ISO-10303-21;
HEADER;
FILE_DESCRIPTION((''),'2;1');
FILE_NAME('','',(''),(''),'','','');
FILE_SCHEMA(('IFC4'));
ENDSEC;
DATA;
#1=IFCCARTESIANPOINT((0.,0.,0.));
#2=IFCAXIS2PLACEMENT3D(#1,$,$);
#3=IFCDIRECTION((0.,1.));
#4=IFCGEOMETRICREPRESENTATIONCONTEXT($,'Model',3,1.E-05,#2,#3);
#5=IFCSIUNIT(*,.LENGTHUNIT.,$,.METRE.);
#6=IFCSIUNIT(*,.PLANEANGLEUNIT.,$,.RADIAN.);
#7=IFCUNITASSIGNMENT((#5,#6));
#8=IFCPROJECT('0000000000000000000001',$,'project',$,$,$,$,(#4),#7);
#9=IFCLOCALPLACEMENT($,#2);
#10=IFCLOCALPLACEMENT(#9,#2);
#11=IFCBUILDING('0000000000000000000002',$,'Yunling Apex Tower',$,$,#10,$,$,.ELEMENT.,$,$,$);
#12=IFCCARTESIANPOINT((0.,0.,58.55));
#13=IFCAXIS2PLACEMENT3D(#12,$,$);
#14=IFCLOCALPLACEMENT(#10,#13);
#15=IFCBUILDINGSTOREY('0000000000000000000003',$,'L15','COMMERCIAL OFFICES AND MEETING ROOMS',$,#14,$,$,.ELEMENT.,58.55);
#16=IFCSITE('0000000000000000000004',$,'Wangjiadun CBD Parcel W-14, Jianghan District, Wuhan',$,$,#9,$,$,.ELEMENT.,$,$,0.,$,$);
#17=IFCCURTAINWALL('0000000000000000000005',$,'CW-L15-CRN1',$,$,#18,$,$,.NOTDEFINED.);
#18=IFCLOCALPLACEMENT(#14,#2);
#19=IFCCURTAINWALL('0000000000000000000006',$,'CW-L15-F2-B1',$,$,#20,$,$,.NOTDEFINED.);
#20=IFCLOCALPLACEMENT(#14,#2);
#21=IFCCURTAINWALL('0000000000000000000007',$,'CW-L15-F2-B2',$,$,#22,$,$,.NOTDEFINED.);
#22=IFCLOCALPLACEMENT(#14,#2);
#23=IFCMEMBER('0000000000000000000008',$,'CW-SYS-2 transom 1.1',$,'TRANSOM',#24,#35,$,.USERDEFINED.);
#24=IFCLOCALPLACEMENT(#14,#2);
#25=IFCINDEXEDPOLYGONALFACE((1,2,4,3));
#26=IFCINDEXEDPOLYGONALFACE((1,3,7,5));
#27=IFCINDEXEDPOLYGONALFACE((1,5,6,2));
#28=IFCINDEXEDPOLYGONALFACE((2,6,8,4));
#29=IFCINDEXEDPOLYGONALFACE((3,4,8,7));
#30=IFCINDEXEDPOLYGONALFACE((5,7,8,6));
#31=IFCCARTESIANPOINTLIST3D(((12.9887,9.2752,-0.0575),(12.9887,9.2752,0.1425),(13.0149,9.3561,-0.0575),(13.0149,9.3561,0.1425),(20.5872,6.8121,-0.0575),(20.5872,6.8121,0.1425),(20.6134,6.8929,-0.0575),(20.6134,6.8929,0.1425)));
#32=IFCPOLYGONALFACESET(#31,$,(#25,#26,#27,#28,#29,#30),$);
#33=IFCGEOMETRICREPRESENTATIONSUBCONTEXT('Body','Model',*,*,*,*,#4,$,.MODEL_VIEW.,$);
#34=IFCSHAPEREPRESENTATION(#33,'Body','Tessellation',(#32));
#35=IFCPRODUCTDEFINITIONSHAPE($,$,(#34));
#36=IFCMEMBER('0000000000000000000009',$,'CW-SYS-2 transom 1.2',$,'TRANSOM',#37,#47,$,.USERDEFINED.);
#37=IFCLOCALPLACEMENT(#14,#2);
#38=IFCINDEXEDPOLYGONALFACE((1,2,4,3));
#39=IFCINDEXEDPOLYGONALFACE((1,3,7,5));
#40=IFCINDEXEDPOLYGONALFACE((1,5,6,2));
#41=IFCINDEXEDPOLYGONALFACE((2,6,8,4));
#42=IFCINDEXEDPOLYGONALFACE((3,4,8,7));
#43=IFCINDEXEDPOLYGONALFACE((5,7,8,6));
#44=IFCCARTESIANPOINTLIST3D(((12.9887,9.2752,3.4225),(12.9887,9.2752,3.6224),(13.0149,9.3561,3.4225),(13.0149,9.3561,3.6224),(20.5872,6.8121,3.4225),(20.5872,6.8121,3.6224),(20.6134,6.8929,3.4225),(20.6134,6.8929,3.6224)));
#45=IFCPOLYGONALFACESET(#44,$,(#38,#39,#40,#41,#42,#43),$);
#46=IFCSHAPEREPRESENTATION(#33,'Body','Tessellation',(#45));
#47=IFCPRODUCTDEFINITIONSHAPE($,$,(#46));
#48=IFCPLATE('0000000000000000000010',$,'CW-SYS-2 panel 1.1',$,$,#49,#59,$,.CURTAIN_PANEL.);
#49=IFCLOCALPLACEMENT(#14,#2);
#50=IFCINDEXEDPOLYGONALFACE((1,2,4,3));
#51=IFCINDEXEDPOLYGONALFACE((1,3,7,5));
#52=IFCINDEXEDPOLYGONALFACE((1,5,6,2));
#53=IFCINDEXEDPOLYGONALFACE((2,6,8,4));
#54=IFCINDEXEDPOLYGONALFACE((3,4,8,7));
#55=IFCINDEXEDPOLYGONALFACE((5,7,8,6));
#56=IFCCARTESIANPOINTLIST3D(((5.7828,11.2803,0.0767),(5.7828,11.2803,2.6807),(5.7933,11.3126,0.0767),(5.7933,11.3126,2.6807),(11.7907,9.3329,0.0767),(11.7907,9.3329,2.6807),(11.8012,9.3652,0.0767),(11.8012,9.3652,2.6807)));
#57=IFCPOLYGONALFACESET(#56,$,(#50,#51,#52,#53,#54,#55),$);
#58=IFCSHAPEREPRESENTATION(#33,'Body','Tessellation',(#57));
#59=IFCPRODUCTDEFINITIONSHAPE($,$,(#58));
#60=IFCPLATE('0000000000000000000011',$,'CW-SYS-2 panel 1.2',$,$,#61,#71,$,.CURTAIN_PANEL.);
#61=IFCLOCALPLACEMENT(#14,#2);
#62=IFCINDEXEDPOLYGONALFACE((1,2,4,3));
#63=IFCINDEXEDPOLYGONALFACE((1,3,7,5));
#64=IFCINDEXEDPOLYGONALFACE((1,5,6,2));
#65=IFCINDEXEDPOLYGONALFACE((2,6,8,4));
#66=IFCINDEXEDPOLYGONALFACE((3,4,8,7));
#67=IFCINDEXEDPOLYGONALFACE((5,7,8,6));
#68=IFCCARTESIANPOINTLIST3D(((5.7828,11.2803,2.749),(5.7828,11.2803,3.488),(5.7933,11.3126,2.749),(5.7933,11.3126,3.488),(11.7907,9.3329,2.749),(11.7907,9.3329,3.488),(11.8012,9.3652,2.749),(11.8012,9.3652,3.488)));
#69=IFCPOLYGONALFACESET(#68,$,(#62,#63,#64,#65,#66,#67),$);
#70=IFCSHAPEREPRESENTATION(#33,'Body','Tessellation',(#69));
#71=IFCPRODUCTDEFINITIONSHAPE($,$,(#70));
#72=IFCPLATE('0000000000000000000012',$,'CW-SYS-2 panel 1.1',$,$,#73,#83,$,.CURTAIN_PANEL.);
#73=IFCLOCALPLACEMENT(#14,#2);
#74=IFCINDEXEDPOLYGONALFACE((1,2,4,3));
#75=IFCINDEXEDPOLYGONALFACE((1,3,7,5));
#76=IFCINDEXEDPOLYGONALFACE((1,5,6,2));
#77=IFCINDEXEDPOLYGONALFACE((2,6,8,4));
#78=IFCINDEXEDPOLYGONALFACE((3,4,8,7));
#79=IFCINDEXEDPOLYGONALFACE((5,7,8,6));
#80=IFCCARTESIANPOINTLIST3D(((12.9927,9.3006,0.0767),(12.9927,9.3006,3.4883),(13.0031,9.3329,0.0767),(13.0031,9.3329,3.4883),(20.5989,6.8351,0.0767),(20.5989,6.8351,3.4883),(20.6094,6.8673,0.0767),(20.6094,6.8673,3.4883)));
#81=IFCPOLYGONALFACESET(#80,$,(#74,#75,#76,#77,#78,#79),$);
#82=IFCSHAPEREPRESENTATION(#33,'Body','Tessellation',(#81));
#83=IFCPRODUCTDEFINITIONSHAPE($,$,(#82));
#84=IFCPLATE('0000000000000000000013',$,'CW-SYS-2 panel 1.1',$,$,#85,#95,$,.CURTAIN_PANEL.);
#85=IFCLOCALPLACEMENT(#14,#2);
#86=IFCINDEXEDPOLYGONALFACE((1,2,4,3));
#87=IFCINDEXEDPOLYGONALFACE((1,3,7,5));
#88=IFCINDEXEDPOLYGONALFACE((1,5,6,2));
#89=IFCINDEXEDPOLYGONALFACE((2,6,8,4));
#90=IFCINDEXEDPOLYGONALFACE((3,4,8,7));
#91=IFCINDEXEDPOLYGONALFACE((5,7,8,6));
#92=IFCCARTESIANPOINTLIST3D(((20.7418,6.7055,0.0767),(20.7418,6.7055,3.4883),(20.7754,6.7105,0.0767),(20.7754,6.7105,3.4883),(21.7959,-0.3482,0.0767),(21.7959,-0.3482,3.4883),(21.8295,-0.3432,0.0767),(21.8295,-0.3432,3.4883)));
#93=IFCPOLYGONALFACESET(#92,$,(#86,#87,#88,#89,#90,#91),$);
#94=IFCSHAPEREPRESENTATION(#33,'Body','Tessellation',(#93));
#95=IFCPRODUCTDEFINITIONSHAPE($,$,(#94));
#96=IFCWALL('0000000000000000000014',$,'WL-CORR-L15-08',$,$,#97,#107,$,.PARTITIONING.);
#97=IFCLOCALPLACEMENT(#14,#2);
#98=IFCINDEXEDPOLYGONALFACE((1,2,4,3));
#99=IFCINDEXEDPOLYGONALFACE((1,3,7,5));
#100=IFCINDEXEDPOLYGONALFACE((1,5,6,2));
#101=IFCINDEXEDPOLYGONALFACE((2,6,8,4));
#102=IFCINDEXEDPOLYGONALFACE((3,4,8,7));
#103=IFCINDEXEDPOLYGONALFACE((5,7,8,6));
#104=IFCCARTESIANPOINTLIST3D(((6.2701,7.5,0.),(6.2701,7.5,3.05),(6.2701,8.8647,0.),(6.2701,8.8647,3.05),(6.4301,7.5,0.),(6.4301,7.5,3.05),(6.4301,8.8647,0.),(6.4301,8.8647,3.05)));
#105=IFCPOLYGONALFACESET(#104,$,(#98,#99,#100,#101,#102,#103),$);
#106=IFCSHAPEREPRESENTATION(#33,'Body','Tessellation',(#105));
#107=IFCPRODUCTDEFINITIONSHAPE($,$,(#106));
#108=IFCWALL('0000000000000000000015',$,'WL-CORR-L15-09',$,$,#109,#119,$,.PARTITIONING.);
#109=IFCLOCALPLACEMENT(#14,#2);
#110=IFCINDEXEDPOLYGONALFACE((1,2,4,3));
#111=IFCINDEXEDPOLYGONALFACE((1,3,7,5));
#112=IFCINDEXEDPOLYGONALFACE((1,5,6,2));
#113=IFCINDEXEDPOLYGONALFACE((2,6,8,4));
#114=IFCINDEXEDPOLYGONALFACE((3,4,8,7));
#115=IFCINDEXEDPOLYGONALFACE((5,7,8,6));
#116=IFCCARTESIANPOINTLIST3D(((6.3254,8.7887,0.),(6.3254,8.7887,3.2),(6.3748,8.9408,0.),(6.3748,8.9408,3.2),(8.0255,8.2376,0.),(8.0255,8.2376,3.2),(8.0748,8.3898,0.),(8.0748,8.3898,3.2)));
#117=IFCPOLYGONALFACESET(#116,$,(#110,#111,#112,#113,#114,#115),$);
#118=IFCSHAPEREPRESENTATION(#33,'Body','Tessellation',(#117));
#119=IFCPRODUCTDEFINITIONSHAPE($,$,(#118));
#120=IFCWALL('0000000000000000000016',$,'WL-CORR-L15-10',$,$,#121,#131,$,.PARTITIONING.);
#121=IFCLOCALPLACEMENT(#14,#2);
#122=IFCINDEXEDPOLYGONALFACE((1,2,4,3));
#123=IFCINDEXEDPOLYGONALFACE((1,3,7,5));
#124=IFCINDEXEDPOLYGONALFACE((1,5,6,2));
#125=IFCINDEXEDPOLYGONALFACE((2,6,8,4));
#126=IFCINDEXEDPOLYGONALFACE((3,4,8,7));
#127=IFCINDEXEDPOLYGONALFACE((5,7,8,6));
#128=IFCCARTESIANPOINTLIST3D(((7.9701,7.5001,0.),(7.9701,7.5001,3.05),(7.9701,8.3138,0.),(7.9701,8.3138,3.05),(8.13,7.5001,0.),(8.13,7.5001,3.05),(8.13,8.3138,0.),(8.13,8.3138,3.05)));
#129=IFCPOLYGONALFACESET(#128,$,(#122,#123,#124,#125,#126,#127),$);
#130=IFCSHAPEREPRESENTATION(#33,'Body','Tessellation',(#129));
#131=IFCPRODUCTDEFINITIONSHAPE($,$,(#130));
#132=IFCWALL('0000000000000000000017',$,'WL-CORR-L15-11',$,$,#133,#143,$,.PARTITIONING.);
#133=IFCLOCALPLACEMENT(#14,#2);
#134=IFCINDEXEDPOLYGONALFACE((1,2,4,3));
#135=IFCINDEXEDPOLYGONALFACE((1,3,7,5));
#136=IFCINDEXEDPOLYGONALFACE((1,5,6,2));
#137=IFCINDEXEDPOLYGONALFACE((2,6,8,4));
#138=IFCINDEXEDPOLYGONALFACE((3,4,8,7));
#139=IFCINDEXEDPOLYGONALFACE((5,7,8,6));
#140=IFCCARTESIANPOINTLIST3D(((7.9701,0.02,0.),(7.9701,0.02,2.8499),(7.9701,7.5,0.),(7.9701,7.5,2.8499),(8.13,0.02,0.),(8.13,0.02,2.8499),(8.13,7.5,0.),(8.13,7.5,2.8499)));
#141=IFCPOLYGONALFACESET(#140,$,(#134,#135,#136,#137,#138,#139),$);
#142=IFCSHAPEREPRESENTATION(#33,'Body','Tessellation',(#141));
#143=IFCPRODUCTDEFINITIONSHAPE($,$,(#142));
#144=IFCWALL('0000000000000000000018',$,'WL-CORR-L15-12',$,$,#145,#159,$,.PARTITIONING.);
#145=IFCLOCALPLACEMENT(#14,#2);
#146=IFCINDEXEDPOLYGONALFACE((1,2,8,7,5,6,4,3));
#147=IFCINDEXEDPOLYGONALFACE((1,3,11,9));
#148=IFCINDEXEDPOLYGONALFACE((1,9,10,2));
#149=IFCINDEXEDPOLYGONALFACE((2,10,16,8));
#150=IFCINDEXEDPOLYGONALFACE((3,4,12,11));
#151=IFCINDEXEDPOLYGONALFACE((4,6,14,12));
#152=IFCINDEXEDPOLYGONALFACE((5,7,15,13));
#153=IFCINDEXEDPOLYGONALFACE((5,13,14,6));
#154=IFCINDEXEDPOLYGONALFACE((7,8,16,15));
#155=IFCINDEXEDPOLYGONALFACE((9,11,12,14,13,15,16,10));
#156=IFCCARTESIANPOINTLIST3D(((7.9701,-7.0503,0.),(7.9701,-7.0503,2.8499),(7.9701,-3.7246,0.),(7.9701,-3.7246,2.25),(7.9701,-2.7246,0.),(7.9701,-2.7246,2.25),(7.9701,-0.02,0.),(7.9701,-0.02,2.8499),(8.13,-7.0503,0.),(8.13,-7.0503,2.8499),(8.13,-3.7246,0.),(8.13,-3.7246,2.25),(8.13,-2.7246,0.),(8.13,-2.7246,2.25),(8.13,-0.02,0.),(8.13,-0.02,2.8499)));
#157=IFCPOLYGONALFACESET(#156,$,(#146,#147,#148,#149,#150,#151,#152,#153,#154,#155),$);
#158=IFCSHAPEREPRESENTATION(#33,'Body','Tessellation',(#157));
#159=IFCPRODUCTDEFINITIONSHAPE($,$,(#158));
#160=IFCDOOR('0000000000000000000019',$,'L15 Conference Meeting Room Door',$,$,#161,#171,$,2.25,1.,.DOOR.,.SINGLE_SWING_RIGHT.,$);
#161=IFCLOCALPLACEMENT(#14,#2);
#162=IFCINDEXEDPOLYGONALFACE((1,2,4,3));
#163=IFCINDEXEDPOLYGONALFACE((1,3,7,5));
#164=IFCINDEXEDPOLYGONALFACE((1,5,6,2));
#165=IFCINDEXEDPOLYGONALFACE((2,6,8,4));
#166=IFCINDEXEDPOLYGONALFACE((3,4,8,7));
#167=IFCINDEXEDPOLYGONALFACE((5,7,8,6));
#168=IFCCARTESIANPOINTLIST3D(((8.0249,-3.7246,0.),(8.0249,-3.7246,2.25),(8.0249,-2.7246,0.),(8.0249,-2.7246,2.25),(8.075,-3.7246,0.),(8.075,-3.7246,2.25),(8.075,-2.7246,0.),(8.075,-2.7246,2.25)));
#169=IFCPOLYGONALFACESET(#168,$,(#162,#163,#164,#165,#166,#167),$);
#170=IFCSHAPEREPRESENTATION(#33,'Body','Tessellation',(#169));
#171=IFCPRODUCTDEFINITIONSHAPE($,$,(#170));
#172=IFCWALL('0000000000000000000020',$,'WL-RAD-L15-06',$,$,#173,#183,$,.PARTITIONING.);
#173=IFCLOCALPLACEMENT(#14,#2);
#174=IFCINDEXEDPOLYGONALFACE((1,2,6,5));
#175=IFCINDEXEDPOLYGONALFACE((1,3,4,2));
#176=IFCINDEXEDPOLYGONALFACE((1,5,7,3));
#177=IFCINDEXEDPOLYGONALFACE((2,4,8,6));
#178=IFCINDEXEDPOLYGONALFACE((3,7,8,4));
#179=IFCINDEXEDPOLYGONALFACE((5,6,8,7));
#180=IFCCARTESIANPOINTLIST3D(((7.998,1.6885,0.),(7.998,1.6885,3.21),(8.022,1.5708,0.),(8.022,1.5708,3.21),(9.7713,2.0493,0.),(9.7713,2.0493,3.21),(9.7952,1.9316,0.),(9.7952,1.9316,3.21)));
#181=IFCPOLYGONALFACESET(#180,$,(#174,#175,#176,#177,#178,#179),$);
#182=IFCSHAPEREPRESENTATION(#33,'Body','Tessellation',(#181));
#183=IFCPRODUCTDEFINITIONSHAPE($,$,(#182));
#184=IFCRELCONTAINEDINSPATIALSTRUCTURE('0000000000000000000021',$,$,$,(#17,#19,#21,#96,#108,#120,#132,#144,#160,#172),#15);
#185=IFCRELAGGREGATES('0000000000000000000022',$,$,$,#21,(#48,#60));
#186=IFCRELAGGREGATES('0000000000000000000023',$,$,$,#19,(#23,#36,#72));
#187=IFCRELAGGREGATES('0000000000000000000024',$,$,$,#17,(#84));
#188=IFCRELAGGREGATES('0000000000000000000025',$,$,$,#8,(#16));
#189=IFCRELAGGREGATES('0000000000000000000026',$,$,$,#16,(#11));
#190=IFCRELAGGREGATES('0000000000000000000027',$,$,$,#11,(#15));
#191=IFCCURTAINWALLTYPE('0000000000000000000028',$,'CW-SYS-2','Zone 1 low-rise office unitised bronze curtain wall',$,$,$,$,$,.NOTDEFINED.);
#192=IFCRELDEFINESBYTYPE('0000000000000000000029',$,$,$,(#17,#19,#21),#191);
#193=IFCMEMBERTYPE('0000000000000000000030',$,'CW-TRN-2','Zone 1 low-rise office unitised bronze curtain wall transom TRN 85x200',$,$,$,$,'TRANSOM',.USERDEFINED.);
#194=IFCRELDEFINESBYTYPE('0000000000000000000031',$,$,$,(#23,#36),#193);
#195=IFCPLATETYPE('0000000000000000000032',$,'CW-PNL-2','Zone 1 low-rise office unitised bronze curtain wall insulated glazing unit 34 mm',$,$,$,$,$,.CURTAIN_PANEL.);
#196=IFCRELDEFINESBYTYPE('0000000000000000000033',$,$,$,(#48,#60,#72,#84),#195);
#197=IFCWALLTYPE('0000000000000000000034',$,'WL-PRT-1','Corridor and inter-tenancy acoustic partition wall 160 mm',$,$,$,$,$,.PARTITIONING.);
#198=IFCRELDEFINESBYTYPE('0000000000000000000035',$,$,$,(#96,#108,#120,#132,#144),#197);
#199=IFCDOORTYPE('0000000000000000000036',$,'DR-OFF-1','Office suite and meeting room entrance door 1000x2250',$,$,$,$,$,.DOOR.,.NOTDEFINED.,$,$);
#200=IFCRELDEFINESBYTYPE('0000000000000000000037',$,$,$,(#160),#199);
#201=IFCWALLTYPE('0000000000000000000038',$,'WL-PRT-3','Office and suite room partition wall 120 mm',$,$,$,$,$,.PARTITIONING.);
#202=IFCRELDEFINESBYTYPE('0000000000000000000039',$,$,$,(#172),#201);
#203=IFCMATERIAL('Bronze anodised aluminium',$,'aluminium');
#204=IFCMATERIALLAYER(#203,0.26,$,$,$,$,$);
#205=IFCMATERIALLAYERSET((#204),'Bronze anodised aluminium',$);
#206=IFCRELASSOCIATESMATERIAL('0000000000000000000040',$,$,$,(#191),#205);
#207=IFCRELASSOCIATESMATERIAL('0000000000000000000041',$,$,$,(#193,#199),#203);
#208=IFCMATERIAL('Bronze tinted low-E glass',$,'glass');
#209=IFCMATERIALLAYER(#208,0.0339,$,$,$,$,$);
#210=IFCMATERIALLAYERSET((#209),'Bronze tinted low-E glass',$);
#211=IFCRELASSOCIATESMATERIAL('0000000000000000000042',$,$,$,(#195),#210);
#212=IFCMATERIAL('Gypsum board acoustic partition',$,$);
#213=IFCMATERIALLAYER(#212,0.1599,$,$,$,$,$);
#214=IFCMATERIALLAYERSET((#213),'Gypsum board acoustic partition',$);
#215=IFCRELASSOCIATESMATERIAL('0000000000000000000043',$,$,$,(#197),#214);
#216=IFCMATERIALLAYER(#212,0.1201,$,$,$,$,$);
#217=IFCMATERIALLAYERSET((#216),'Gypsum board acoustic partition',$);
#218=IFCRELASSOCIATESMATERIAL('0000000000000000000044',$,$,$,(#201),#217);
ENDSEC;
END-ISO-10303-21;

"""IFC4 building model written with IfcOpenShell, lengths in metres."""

from ifc_helpers import new_model, si_unit, direction, frame, frame_2d, origin, origin_2d, place, context, subcontext, project, spatial, rectangle, extrude, source, transform, mapped, material, layer, layer_set, material_profile, profile_set, type_object, element, fill, aggregate, save


model = new_model("IFC4")

# Units and contexts
model_context = context("Model", 3, precision=1e-05, world=origin(), true_north=direction((0.0, 1.0)))
body_context = subcontext(model_context, "Body", "Model", "MODEL_VIEW")
ifc_project = project(units=[si_unit("LENGTHUNIT", "METRE"), si_unit("PLANEANGLEUNIT", "RADIAN")], contexts=[model_context])

# Site, building, storey
site_placement = place(None, origin())
site = spatial("IfcSite", under=ifc_project, at=site_placement, Name="Wangjiadun CBD Parcel W-14, Jianghan District, Wuhan", CompositionType="ELEMENT", RefElevation=0.0)
building_placement = place(site_placement, origin())
building = spatial("IfcBuilding", under=site, at=building_placement, Name="Yunling Apex Tower", CompositionType="ELEMENT")
storey_placement = place(building_placement, frame((0.0, 0.0, 58.55)))
storey = spatial("IfcBuildingStorey", under=building, at=storey_placement, Name="L15", Description="COMMERCIAL OFFICES AND MEETING ROOMS", CompositionType="ELEMENT", Elevation=58.55)

# Curtain wall
ifc_material_1 = material(Name="Bronze anodised aluminium", Category="aluminium")
ifc_layer_1 = layer(ifc_material_1, 0.26)
ifc_layer_set_1 = layer_set([ifc_layer_1], Name="Bronze anodised aluminium")
curtain_wall_type = type_object("IfcCurtainWallType", Name="CW-SYS-2", Description="Zone 1 low-rise office unitised bronze curtain wall", PredefinedType="NOTDEFINED", material=ifc_layer_set_1)
curtain_wall_1_placement = place(storey_placement, origin())
curtain_wall_1 = element("IfcCurtainWall", 1, at=curtain_wall_1_placement, inside=storey, type_object=curtain_wall_type, Name="CW-L15-CRN1", PredefinedType="NOTDEFINED")

# Curtain walls
curtain_wall_2_placement = place(storey_placement, origin())
curtain_wall_2 = element("IfcCurtainWall", 2, at=curtain_wall_2_placement, inside=storey, type_object=curtain_wall_type, Name="CW-L15-F2-B1", PredefinedType="NOTDEFINED")
curtain_wall_3_placement = place(storey_placement, origin())
curtain_wall_3 = element("IfcCurtainWall", 3, at=curtain_wall_3_placement, inside=storey, type_object=curtain_wall_type, Name="CW-L15-F2-B2", PredefinedType="NOTDEFINED")
ifc_material_profile_1 = material_profile(ifc_material_1, rectangle(XDim=0.085, YDim=0.2, at=origin_2d()))
ifc_profile_set_1 = profile_set([ifc_material_profile_1], Name="Bronze anodised aluminium")
member_type_1 = type_object("IfcMemberType", Name="CW-TRN-2", Description="Zone 1 low-rise office unitised bronze curtain wall transom TRN 85x200", ElementType="TRANSOM", PredefinedType="USERDEFINED", material=ifc_profile_set_1)

# Members
shared_shape_1 = source(origin(), body_context, "Body", "SweptSolid", [
    extrude(rectangle(XDim=0.085, YDim=0.2, at=origin_2d()), origin(), (0.0, 0.0, 1.0), 7.9878),
])
member_1_placement = place(storey_placement, frame((20.6003, 6.8525, 0.0425), z_axis=(-0.95127, 0.308359, 0.0), x_axis=(-0.308359, -0.95127, 0.0)))
member_1 = element("IfcMember", 4, at=member_1_placement, type_object=member_type_1, Name="CW-SYS-2 transom 1.1", ObjectType="TRANSOM", PredefinedType="USERDEFINED", context=body_context, shape_type="MappedRepresentation", body=[
    mapped(shared_shape_1, transform((0.0, 0.0, 0.0), scale=1.0)),
])
member_2_placement = place(storey_placement, frame((20.6003, 6.8525, 3.5225), z_axis=(-0.95127, 0.308359, 0.0), x_axis=(-0.308359, -0.95127, 0.0)))
member_2 = element("IfcMember", 5, at=member_2_placement, type_object=member_type_1, Name="CW-SYS-2 transom 1.2", ObjectType="TRANSOM", PredefinedType="USERDEFINED", context=body_context, shape_type="MappedRepresentation", body=[
    mapped(shared_shape_1, transform((0.0, 0.0, 0.0), scale=1.0)),
])

# Plates
ifc_material_2 = material(Name="Bronze tinted low-E glass", Category="glass")
ifc_layer_2 = layer(ifc_material_2, 0.0339)
ifc_layer_set_2 = layer_set([ifc_layer_2], Name="Bronze tinted low-E glass")
plate_type = type_object("IfcPlateType", Name="CW-PNL-2", Description="Zone 1 low-rise office unitised bronze curtain wall insulated glazing unit 34 mm", PredefinedType="CURTAIN_PANEL", material=ifc_layer_set_2)
shared_shape_2 = source(origin(), body_context, "Body", "SweptSolid", [
    extrude(rectangle(XDim=6.3157, YDim=0.0339, at=origin_2d()), origin(), (0.0, 0.0, 1.0), 2.604),
])
plate_1_placement = place(storey_placement, frame((8.792, 10.3228, 0.0767), z_axis=(0.0, 0.0, 1.0), x_axis=(-0.951272, 0.308352, 0.0)))
plate_1 = element("IfcPlate", 6, at=plate_1_placement, type_object=plate_type, Name="CW-SYS-2 panel 1.1", PredefinedType="CURTAIN_PANEL", context=body_context, shape_type="MappedRepresentation", body=[
    mapped(shared_shape_2, transform((0.0, 0.0, 0.0), scale=1.0)),
])
shared_shape_3 = source(origin(), body_context, "Body", "SweptSolid", [
    extrude(rectangle(XDim=6.3157, YDim=0.0339, at=origin_2d()), origin(), (0.0, 0.0, 1.0), 0.739),
])
plate_2_placement = place(storey_placement, frame((8.792, 10.3228, 2.749), z_axis=(0.0, 0.0, 1.0), x_axis=(-0.951272, 0.308352, 0.0)))
plate_2 = element("IfcPlate", 7, at=plate_2_placement, type_object=plate_type, Name="CW-SYS-2 panel 1.2", PredefinedType="CURTAIN_PANEL", context=body_context, shape_type="MappedRepresentation", body=[
    mapped(shared_shape_3, transform((0.0, 0.0, 0.0), scale=1.0)),
])
aggregate(curtain_wall_3, [plate_1, plate_2])
shared_shape_4 = source(origin(), body_context, "Body", "SweptSolid", [
    extrude(rectangle(XDim=7.9958, YDim=0.0339, at=origin_2d()), origin(), (0.0, 0.0, 1.0), 3.4116),
])
plate_3_placement = place(storey_placement, frame((16.801, 8.084, 0.0767), z_axis=(0.0, 0.0, 1.0), x_axis=(-0.951271, 0.308357, 0.0)))
plate_3 = element("IfcPlate", 8, at=plate_3_placement, type_object=plate_type, Name="CW-SYS-2 panel 1.1", PredefinedType="CURTAIN_PANEL", context=body_context, shape_type="MappedRepresentation", body=[
    mapped(shared_shape_4, transform((0.0, 0.0, 0.0), scale=1.0)),
])
aggregate(curtain_wall_2, [member_1, member_2, plate_3])
shared_shape_5 = source(origin(), body_context, "Body", "SweptSolid", [
    extrude(rectangle(XDim=7.1321, YDim=0.0339, at=origin_2d()), origin(), (0.0, 0.0, 1.0), 3.4116),
])
plate_4_placement = place(storey_placement, frame((21.2856, 3.1812, 0.0767), z_axis=(0.0, 0.0, 1.0), x_axis=(-0.147798, 0.989018, 0.0)))
plate_4 = element("IfcPlate", 9, at=plate_4_placement, type_object=plate_type, Name="CW-SYS-2 panel 1.1", PredefinedType="CURTAIN_PANEL", context=body_context, shape_type="MappedRepresentation", body=[
    mapped(shared_shape_5, transform((0.0, 0.0, 0.0), scale=1.0)),
])
aggregate(curtain_wall_1, [plate_4])

# Walls
ifc_material_3 = material(Name="Gypsum board acoustic partition")
ifc_layer_3 = layer(ifc_material_3, 0.1599)
ifc_layer_set_3 = layer_set([ifc_layer_3], Name="Gypsum board acoustic partition")
wall_type_1 = type_object("IfcWallType", Name="WL-PRT-1", Description="Corridor and inter-tenancy acoustic partition wall 160 mm", PredefinedType="PARTITIONING", material=ifc_layer_set_3)
wall_1_placement = place(storey_placement, frame((6.3501, 7.5, 0.0), z_axis=(0.0, 0.0, 1.0), x_axis=(0.0, 1.0, 0.0)))
element("IfcWall", 10, at=wall_1_placement, inside=storey, type_object=wall_type_1, Name="WL-CORR-L15-08", PredefinedType="PARTITIONING", context=body_context, shape_type="SweptSolid", body=[
    extrude(rectangle(XDim=1.3647, YDim=0.1599, at=frame_2d((0.6824, 0.0))), origin(), (0.0, 0.0, 1.0), 3.05),
])
wall_2_placement = place(storey_placement, frame((6.3501, 8.8647, 0.0), z_axis=(0.0, 0.0, 1.0), x_axis=(0.951274, -0.308348, 0.0)))
element("IfcWall", 11, at=wall_2_placement, inside=storey, type_object=wall_type_1, Name="WL-CORR-L15-09", PredefinedType="PARTITIONING", context=body_context, shape_type="SweptSolid", body=[
    extrude(rectangle(XDim=1.7871, YDim=0.1599, at=frame_2d((0.8936, 0.0))), origin(), (0.0, 0.0, 1.0), 3.2),
])
wall_3_placement = place(storey_placement, frame((8.05, 8.3137, 0.0), z_axis=(0.0, 0.0, 1.0), x_axis=(0.0, -1.0, 0.0)))
element("IfcWall", 12, at=wall_3_placement, inside=storey, type_object=wall_type_1, Name="WL-CORR-L15-10", PredefinedType="PARTITIONING", context=body_context, shape_type="SweptSolid", body=[
    extrude(rectangle(XDim=0.8137, YDim=0.1599, at=frame_2d((0.4067, 0.0))), origin(), (0.0, 0.0, 1.0), 3.05),
])
wall_4_placement = place(storey_placement, frame((8.05, 7.5, 0.0), z_axis=(0.0, 0.0, 1.0), x_axis=(0.0, -1.0, 0.0)))
element("IfcWall", 13, at=wall_4_placement, inside=storey, type_object=wall_type_1, Name="WL-CORR-L15-11", PredefinedType="PARTITIONING", context=body_context, shape_type="SweptSolid", body=[
    extrude(rectangle(XDim=7.48, YDim=0.1599, at=frame_2d((3.74, 0.0))), origin(), (0.0, 0.0, 1.0), 2.8499),
])

# Wall, opening, door
wall_5_placement = place(storey_placement, frame((8.05, -0.02, 0.0), z_axis=(0.0, 0.0, 1.0), x_axis=(0.0, -1.0, 0.0)))
wall_5 = element("IfcWall", 14, at=wall_5_placement, inside=storey, type_object=wall_type_1, Name="WL-CORR-L15-12", PredefinedType="PARTITIONING", context=body_context, shape_type="SweptSolid", body=[
    extrude(rectangle(XDim=7.0303, YDim=0.1599, at=frame_2d((3.5151, 0.0))), origin(), (0.0, 0.0, 1.0), 2.8499),
])
opening_placement = place(wall_5_placement, frame((2.7046, 0.0, 0.0)))
opening = element("IfcOpeningElement", 15, at=opening_placement, cuts=wall_5, PredefinedType="OPENING", context=body_context, shape_type="SweptSolid", body=[
    extrude(rectangle(XDim=1.0, YDim=2.25, at=frame_2d((0.5, 1.125))), frame((0.0, 0.0898, 0.0), z_axis=(0.0, -1.0, 0.0), x_axis=(1.0, 0.0, 0.0)), (0.0, 0.0, 1.0), 0.1799),
])
door_type = type_object("IfcDoorType", Name="DR-OFF-1", Description="Office suite and meeting room entrance door 1000x2250", OperationType="NOTDEFINED", PredefinedType="DOOR", material=ifc_material_1)
door_placement = place(opening_placement, origin())
door = element("IfcDoor", 16, at=door_placement, inside=storey, type_object=door_type, Name="L15 Conference Meeting Room Door", OperationType="SINGLE_SWING_RIGHT", OverallHeight=2.25, OverallWidth=1.0, PredefinedType="DOOR", context=body_context, shape_type="SweptSolid", body=[
    extrude(rectangle(XDim=1.0, YDim=2.25, at=frame_2d((0.5, 1.125))), frame((0.0, 0.0249, 0.0), z_axis=(0.0, -1.0, 0.0), x_axis=(1.0, 0.0, 0.0)), (0.0, 0.0, 1.0), 0.05),
])
fill(opening, door)

# Wall
ifc_layer_4 = layer(ifc_material_3, 0.1201)
ifc_layer_set_4 = layer_set([ifc_layer_4], Name="Gypsum board acoustic partition")
wall_type_2 = type_object("IfcWallType", Name="WL-PRT-3", Description="Office and suite room partition wall 120 mm", PredefinedType="PARTITIONING", material=ifc_layer_set_4)
wall_6_placement = place(storey_placement, frame((8.01, 1.6296, 0.0), z_axis=(0.0, 0.0, 1.0), x_axis=(0.979916, 0.19941, 0.0)))
element("IfcWall", 17, at=wall_6_placement, inside=storey, type_object=wall_type_2, Name="WL-RAD-L15-06", PredefinedType="PARTITIONING", context=body_context, shape_type="SweptSolid", body=[
    extrude(rectangle(XDim=1.8096, YDim=0.1201, at=frame_2d((0.9048, 0.0))), origin(), (0.0, 0.0, 1.0), 3.21),
])

save(model, "model.ifc")
